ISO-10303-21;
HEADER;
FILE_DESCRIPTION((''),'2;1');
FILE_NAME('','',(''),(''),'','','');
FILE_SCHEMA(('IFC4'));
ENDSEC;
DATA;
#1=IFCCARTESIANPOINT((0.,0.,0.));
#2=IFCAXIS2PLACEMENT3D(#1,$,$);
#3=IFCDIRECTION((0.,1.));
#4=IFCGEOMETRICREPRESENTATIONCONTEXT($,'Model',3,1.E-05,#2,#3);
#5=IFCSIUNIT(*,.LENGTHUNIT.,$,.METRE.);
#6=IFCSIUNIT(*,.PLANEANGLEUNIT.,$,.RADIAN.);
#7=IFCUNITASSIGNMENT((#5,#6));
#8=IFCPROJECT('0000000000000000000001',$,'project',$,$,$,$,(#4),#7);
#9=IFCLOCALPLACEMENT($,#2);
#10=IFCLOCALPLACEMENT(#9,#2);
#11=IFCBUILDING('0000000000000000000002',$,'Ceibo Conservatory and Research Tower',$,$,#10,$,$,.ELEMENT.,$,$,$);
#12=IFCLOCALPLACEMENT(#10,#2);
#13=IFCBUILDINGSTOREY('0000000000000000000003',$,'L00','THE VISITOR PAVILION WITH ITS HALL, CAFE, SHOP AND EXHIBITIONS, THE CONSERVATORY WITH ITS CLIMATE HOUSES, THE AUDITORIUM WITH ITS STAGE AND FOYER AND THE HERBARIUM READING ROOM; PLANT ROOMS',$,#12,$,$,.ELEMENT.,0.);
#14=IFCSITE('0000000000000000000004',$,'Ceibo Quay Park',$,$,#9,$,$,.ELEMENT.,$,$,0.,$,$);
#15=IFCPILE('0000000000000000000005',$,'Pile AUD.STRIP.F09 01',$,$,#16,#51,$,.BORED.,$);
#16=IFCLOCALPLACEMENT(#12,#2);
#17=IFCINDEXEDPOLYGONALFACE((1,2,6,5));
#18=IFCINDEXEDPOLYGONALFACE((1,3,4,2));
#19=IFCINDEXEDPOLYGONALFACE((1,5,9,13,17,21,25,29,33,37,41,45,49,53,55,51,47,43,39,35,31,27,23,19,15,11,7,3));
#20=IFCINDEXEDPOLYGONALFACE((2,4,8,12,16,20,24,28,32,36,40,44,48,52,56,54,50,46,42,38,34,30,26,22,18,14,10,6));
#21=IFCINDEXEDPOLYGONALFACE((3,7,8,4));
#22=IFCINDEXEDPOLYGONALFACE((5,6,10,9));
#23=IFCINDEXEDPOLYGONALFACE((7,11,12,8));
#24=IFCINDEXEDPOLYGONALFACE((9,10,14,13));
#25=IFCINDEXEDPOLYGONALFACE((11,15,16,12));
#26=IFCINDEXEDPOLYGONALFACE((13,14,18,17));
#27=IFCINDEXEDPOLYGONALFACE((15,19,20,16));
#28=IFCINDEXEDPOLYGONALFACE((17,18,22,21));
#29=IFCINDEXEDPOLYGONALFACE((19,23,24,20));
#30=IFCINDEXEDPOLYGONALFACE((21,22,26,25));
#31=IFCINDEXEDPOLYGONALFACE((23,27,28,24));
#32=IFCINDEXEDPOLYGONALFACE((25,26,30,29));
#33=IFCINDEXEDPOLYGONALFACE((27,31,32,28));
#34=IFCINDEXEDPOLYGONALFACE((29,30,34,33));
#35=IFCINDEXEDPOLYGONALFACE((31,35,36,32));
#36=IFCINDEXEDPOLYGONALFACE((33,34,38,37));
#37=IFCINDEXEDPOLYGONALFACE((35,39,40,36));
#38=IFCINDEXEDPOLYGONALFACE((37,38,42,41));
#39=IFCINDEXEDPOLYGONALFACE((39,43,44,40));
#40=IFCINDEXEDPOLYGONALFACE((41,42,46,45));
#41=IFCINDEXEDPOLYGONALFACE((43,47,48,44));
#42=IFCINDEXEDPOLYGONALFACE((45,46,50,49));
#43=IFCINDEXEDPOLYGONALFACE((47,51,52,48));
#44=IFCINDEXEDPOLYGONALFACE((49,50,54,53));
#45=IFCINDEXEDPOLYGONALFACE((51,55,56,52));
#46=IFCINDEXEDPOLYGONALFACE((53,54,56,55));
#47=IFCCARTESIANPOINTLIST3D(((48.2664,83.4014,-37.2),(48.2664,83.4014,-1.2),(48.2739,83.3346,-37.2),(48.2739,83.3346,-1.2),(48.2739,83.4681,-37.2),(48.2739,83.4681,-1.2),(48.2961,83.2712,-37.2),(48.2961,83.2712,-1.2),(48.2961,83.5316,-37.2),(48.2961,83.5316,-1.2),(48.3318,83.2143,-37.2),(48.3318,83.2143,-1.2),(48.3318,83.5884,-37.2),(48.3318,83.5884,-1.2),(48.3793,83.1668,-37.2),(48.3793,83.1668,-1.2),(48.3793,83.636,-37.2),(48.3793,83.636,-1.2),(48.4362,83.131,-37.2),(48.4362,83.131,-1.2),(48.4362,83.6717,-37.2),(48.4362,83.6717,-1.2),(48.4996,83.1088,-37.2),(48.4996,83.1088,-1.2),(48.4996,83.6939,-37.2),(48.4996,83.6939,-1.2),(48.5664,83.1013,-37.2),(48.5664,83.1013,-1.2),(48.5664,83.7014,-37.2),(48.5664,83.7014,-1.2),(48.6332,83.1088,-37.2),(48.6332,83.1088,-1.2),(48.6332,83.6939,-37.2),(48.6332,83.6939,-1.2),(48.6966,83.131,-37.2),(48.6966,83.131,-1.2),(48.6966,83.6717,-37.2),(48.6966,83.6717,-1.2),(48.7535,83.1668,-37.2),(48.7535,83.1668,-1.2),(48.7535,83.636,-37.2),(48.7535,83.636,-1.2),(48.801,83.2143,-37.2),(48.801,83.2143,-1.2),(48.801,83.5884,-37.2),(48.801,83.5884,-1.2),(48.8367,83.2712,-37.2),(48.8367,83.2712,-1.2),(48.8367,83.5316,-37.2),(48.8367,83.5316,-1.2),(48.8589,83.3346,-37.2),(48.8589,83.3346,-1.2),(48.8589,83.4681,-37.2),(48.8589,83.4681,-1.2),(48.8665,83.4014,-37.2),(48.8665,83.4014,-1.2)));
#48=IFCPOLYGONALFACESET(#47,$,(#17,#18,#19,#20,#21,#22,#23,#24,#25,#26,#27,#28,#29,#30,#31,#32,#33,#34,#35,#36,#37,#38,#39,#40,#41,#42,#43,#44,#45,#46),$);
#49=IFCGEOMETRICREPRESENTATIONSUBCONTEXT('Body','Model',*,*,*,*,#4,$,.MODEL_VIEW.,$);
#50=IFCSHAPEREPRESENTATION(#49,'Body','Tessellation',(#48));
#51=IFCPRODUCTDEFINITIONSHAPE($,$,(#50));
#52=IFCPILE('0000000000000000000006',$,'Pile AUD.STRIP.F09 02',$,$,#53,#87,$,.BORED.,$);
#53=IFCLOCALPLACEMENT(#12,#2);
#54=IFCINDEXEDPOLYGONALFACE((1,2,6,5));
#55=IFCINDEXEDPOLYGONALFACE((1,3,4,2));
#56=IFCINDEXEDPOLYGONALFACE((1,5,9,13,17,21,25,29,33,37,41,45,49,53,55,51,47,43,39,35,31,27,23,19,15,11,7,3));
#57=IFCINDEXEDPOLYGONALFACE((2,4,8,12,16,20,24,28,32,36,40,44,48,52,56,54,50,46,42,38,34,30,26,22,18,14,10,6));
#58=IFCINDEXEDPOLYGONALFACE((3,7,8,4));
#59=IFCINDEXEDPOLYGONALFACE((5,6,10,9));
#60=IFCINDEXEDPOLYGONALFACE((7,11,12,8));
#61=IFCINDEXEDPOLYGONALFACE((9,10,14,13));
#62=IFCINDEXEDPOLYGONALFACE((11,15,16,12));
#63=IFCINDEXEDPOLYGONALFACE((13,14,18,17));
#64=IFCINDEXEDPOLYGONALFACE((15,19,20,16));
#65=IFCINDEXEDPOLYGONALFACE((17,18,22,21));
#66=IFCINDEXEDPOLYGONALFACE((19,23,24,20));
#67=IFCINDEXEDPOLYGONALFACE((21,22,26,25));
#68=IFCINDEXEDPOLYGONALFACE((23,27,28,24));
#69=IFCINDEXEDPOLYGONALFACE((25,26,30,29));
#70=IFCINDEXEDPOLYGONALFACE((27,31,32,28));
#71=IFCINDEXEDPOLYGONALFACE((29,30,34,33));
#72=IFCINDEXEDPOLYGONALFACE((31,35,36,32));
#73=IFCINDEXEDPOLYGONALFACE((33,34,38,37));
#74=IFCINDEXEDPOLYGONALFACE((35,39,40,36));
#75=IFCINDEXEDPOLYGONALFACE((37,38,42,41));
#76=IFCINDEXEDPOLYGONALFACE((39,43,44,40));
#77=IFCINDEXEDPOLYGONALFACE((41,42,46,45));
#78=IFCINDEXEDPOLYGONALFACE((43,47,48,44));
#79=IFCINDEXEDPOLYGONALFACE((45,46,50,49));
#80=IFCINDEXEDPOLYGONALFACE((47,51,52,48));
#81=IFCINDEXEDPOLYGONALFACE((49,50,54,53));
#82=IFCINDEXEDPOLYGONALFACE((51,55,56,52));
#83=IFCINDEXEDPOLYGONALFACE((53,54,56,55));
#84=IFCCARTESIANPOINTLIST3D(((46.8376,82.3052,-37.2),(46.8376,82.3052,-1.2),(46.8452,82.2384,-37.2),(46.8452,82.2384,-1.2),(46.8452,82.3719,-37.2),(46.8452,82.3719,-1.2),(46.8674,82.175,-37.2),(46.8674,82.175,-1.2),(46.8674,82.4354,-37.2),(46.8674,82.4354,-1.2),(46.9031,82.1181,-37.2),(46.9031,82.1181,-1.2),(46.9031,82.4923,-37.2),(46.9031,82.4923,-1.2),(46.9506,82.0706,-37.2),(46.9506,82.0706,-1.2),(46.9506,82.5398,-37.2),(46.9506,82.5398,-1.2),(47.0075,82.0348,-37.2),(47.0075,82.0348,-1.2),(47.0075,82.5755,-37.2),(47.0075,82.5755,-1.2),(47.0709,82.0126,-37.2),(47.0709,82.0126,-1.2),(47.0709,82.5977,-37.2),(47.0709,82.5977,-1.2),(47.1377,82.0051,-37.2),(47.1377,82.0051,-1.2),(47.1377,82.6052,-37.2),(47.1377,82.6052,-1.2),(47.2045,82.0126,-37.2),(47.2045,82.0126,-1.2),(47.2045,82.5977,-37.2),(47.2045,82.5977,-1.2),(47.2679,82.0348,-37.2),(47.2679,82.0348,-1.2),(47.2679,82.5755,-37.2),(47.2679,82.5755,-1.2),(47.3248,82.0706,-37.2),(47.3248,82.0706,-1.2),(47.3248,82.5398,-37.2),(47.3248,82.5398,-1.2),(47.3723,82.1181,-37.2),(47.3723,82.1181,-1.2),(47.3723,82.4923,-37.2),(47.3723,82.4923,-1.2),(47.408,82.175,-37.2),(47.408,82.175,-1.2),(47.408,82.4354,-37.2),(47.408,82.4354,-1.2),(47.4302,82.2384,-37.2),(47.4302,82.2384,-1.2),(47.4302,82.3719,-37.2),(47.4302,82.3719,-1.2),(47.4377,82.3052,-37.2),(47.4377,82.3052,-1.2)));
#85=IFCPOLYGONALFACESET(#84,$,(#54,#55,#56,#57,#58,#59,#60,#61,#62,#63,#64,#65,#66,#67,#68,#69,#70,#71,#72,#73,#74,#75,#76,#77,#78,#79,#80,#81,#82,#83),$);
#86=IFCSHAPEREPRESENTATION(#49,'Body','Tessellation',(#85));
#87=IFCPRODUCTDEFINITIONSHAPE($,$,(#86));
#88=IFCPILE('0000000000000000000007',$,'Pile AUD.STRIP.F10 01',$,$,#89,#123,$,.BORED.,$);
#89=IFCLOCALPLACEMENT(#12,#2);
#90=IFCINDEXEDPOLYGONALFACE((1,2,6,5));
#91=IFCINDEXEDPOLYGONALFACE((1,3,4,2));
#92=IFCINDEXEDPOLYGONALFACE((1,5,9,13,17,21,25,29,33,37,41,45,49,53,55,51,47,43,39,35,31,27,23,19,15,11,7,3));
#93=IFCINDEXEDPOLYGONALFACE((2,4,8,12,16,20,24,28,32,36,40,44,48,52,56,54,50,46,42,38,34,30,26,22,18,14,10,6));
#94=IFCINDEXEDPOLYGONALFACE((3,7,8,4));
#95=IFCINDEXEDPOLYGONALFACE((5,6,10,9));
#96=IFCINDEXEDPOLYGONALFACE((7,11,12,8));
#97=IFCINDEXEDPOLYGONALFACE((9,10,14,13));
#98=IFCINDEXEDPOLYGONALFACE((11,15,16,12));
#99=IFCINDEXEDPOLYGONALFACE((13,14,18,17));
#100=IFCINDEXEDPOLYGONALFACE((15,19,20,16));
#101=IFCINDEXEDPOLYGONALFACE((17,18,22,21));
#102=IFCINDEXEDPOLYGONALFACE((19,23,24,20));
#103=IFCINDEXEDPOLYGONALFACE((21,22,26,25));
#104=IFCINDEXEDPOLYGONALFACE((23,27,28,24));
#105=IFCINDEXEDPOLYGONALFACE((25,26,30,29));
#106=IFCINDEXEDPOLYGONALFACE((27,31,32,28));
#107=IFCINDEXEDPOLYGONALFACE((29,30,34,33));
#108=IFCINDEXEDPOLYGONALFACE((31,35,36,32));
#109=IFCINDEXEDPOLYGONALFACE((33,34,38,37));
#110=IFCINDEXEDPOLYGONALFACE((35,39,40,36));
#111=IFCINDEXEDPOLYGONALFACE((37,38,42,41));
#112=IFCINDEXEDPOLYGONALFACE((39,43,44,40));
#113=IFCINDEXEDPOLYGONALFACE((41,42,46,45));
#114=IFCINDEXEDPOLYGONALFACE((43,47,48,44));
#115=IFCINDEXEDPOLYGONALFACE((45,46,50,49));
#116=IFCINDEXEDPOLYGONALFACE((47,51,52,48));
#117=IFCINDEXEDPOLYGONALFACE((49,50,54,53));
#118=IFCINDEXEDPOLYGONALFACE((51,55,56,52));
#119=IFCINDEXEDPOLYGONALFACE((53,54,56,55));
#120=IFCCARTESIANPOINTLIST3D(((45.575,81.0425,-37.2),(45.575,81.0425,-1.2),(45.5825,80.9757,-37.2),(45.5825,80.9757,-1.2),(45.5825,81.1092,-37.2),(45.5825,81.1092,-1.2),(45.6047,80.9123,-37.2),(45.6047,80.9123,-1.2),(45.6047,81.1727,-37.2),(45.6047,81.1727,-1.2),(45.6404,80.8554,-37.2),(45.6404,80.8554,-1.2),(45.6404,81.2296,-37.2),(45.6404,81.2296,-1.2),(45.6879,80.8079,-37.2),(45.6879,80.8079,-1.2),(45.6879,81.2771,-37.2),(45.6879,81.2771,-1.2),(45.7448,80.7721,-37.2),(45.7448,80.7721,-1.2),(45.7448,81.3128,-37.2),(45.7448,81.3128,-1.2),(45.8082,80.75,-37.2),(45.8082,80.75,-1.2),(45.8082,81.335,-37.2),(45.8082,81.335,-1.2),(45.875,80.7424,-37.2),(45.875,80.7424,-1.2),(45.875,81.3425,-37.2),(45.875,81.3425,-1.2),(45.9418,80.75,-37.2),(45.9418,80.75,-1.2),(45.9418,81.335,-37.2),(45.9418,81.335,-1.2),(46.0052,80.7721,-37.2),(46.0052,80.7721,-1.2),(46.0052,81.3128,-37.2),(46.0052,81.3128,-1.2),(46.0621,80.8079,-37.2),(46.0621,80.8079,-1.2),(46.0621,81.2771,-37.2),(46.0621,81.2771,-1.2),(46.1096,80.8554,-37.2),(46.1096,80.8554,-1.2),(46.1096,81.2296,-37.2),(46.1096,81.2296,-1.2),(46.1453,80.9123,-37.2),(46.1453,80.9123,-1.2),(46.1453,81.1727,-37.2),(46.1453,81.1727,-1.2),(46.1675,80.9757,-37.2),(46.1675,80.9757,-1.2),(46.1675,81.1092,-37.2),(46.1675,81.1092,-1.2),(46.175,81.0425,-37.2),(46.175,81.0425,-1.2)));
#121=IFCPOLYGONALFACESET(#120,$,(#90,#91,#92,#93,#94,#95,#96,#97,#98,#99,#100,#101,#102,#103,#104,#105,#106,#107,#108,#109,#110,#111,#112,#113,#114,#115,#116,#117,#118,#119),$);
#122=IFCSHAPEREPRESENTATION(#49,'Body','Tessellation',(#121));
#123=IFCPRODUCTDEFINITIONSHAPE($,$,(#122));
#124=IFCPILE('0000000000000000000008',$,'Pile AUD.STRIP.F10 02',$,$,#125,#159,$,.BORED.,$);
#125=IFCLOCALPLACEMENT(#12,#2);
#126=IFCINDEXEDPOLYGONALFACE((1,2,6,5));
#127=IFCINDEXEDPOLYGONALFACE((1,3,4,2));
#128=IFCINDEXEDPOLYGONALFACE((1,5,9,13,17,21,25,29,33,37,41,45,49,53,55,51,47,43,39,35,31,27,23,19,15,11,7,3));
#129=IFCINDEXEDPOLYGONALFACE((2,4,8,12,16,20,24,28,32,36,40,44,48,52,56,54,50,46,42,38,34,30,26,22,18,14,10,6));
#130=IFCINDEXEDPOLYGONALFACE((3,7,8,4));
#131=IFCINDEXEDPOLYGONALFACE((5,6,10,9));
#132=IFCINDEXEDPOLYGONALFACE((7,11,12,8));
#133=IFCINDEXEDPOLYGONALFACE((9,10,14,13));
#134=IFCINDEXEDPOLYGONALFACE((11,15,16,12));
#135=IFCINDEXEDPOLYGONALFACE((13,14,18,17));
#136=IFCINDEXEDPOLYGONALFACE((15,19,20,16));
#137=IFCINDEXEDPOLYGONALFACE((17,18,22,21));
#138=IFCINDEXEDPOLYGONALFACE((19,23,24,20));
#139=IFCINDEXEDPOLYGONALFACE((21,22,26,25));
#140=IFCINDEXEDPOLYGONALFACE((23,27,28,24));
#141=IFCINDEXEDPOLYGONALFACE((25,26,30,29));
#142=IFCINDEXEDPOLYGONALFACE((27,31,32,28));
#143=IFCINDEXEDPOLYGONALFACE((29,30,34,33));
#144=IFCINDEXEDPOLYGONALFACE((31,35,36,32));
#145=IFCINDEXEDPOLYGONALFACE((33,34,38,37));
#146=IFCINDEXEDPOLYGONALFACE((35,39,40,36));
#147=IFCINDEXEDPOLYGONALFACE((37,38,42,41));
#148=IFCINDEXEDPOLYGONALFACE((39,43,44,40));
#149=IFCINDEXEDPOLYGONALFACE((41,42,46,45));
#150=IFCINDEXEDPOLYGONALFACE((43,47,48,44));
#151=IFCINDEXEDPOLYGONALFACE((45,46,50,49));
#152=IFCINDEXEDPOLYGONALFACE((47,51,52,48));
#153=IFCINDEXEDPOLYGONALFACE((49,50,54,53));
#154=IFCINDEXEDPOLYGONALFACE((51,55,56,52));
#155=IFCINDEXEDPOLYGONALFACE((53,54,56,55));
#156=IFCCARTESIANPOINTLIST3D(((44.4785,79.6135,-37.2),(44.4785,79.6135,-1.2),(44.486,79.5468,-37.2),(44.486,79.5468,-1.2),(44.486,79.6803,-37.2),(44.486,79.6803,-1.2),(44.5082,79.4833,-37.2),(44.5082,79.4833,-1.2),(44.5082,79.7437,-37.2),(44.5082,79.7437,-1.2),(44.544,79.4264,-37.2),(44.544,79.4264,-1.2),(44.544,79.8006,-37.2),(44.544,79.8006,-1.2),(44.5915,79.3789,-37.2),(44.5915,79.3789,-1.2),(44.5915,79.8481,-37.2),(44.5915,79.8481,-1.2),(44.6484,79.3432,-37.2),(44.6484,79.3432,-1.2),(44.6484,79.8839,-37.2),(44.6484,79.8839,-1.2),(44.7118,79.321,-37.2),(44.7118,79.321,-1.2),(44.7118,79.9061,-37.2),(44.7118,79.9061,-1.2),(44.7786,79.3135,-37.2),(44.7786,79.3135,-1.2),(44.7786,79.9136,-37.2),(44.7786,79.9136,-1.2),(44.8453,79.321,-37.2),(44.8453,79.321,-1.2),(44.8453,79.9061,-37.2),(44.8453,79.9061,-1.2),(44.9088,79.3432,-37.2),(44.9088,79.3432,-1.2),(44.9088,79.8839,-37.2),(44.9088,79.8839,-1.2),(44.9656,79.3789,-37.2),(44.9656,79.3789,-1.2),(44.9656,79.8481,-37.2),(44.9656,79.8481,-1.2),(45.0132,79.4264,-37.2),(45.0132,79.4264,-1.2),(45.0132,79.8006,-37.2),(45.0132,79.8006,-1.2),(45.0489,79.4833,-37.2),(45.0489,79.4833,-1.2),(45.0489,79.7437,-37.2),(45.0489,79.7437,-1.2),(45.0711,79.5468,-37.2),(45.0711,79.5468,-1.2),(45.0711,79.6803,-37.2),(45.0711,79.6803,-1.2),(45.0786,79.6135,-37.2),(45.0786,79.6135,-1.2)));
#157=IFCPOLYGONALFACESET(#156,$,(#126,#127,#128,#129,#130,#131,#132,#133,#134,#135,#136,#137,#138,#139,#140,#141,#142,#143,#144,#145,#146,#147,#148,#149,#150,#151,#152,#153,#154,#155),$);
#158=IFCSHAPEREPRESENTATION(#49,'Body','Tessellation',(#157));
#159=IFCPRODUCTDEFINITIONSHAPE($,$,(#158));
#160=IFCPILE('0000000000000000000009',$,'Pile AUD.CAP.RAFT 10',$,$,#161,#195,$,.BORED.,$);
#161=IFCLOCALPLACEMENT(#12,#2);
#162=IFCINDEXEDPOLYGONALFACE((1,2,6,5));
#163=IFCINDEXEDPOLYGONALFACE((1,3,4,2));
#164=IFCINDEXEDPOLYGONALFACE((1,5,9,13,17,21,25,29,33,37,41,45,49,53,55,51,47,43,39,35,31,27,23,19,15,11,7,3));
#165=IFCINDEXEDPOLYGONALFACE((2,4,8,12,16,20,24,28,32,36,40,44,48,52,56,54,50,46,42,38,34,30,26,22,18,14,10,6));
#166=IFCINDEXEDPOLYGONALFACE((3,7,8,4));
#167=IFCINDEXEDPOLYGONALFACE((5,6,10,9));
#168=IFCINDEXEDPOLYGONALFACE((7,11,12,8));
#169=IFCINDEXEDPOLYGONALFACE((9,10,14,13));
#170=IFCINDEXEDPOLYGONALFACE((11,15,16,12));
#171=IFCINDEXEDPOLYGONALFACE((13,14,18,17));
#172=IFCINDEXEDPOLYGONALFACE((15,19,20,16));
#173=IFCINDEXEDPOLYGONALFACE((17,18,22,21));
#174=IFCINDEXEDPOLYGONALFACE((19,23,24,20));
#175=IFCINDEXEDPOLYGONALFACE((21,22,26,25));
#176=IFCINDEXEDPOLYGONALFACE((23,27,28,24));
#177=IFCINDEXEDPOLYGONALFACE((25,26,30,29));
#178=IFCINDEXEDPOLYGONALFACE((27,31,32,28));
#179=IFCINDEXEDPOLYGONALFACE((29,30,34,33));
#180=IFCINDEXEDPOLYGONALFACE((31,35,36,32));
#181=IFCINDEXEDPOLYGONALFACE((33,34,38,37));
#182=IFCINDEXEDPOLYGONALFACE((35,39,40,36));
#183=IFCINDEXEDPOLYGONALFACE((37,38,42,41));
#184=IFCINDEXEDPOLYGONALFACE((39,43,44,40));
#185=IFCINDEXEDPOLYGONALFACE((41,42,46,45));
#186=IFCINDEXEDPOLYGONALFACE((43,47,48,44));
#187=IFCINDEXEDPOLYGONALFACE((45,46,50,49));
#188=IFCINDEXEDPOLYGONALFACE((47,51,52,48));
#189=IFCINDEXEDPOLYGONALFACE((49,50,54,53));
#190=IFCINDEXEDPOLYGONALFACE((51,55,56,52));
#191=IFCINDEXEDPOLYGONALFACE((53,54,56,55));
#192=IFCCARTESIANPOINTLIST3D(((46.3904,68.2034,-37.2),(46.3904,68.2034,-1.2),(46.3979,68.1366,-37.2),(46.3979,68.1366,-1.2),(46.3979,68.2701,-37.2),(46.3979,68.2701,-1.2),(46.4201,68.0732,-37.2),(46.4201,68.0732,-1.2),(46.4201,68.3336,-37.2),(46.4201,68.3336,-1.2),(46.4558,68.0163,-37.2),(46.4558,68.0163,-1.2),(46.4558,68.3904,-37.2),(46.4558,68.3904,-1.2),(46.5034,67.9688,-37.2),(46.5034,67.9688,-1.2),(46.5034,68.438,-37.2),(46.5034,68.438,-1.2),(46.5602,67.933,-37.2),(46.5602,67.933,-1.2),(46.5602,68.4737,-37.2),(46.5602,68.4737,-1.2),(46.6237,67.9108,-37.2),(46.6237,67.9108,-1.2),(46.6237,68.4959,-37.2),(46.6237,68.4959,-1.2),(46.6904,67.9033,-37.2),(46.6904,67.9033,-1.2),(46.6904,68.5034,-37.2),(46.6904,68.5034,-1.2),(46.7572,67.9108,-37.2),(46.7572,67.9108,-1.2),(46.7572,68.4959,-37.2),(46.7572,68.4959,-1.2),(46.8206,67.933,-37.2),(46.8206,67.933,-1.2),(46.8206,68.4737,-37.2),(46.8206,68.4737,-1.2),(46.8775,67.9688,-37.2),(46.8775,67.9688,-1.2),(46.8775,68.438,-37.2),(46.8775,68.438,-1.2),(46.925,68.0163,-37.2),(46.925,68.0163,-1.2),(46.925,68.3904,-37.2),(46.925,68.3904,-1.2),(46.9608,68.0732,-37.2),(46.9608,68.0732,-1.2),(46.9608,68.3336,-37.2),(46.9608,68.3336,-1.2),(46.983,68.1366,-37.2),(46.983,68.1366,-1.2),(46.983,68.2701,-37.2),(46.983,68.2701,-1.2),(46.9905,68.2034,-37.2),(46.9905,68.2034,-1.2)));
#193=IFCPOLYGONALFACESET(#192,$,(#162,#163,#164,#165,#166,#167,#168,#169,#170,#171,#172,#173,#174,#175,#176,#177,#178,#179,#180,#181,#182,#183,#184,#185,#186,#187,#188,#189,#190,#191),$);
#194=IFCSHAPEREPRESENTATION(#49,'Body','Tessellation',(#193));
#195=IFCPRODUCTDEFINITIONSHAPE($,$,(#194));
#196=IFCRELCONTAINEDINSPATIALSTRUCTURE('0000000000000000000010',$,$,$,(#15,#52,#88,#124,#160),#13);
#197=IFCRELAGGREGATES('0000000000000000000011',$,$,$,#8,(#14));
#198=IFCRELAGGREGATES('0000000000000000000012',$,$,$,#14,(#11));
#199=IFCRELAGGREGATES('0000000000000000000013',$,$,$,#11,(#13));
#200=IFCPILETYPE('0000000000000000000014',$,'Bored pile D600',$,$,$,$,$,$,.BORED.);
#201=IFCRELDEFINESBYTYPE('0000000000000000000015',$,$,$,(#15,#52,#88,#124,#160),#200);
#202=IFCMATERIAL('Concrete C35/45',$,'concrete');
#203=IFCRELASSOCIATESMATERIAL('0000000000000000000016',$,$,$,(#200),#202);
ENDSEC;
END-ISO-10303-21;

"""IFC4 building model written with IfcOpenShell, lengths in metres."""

from ifc_helpers import new_model, si_unit, direction, frame, origin, origin_2d, place, context, subcontext, project, spatial, circle, extrude, material, material_profile, profile_set, type_object, element, save


model = new_model("IFC4")

# Units and contexts
model_context = context("Model", 3, precision=1e-05, world=origin(), true_north=direction((0.0, 1.0)))
body_context = subcontext(model_context, "Body", "Model", "MODEL_VIEW")
ifc_project = project(units=[si_unit("LENGTHUNIT", "METRE"), si_unit("PLANEANGLEUNIT", "RADIAN")], contexts=[model_context])

# Site, building, storey
site_placement = place(None, origin())
site = spatial("IfcSite", under=ifc_project, at=site_placement, Name="Ceibo Quay Park", CompositionType="ELEMENT", RefElevation=0.0)
building_placement = place(site_placement, origin())
building = spatial("IfcBuilding", under=site, at=building_placement, Name="Ceibo Conservatory and Research Tower", CompositionType="ELEMENT")
storey_placement = place(building_placement, origin())
storey = spatial("IfcBuildingStorey", under=building, at=storey_placement, Name="L00", Description="THE VISITOR PAVILION WITH ITS HALL, CAFE, SHOP AND EXHIBITIONS, THE CONSERVATORY WITH ITS CLIMATE HOUSES, THE AUDITORIUM WITH ITS STAGE AND FOYER AND THE HERBARIUM READING ROOM; PLANT ROOMS", CompositionType="ELEMENT", Elevation=0.0)

# Piles
ifc_material_1 = material(Name="Concrete C35/45", Category="concrete")
ifc_material_profile_1 = material_profile(ifc_material_1, circle(Radius=0.3, at=origin_2d()), Name="RC D600")
ifc_profile_set_1 = profile_set([ifc_material_profile_1], Name="Concrete C35/45")
pile_type = type_object("IfcPileType", Name="Bored pile D600", PredefinedType="BORED", material=ifc_profile_set_1)
for number, where, z_axis, x_axis, name in (
    (1, (48.5664, 83.4014, -1.2), (0.0, 0.0, -1.0), (1.0, 0.0, 0.0), "Pile AUD.STRIP.F09 01"),
    (2, (47.1377, 82.3052, -1.2), (0.0, 0.0, -1.0), (1.0, 0.0, 0.0), "Pile AUD.STRIP.F09 02"),
    (3, (45.875, 81.0425, -1.2), (0.0, 0.0, -1.0), (1.0, 0.0, 0.0), "Pile AUD.STRIP.F10 01"),
    (4, (44.7786, 79.6135, -1.2), (0.0, 0.0, -1.0), (1.0, 0.0, 0.0), "Pile AUD.STRIP.F10 02"),
    (5, (46.6904, 68.2034, -1.2), (0.0, 0.0, -1.0), (1.0, 0.0, 0.0), "Pile AUD.CAP.RAFT 10"),
):
    element("IfcPile", number, at=place(storey_placement, frame(where, z_axis=z_axis, x_axis=x_axis)), inside=storey, type_object=pile_type, Name=name, PredefinedType="BORED", context=body_context, shape_type="SweptSolid", body=[
        extrude(circle(Radius=0.3, at=origin_2d()), origin(), (0.0, 0.0, 1.0), 36.0),
    ])

save(model, "model.ifc")
